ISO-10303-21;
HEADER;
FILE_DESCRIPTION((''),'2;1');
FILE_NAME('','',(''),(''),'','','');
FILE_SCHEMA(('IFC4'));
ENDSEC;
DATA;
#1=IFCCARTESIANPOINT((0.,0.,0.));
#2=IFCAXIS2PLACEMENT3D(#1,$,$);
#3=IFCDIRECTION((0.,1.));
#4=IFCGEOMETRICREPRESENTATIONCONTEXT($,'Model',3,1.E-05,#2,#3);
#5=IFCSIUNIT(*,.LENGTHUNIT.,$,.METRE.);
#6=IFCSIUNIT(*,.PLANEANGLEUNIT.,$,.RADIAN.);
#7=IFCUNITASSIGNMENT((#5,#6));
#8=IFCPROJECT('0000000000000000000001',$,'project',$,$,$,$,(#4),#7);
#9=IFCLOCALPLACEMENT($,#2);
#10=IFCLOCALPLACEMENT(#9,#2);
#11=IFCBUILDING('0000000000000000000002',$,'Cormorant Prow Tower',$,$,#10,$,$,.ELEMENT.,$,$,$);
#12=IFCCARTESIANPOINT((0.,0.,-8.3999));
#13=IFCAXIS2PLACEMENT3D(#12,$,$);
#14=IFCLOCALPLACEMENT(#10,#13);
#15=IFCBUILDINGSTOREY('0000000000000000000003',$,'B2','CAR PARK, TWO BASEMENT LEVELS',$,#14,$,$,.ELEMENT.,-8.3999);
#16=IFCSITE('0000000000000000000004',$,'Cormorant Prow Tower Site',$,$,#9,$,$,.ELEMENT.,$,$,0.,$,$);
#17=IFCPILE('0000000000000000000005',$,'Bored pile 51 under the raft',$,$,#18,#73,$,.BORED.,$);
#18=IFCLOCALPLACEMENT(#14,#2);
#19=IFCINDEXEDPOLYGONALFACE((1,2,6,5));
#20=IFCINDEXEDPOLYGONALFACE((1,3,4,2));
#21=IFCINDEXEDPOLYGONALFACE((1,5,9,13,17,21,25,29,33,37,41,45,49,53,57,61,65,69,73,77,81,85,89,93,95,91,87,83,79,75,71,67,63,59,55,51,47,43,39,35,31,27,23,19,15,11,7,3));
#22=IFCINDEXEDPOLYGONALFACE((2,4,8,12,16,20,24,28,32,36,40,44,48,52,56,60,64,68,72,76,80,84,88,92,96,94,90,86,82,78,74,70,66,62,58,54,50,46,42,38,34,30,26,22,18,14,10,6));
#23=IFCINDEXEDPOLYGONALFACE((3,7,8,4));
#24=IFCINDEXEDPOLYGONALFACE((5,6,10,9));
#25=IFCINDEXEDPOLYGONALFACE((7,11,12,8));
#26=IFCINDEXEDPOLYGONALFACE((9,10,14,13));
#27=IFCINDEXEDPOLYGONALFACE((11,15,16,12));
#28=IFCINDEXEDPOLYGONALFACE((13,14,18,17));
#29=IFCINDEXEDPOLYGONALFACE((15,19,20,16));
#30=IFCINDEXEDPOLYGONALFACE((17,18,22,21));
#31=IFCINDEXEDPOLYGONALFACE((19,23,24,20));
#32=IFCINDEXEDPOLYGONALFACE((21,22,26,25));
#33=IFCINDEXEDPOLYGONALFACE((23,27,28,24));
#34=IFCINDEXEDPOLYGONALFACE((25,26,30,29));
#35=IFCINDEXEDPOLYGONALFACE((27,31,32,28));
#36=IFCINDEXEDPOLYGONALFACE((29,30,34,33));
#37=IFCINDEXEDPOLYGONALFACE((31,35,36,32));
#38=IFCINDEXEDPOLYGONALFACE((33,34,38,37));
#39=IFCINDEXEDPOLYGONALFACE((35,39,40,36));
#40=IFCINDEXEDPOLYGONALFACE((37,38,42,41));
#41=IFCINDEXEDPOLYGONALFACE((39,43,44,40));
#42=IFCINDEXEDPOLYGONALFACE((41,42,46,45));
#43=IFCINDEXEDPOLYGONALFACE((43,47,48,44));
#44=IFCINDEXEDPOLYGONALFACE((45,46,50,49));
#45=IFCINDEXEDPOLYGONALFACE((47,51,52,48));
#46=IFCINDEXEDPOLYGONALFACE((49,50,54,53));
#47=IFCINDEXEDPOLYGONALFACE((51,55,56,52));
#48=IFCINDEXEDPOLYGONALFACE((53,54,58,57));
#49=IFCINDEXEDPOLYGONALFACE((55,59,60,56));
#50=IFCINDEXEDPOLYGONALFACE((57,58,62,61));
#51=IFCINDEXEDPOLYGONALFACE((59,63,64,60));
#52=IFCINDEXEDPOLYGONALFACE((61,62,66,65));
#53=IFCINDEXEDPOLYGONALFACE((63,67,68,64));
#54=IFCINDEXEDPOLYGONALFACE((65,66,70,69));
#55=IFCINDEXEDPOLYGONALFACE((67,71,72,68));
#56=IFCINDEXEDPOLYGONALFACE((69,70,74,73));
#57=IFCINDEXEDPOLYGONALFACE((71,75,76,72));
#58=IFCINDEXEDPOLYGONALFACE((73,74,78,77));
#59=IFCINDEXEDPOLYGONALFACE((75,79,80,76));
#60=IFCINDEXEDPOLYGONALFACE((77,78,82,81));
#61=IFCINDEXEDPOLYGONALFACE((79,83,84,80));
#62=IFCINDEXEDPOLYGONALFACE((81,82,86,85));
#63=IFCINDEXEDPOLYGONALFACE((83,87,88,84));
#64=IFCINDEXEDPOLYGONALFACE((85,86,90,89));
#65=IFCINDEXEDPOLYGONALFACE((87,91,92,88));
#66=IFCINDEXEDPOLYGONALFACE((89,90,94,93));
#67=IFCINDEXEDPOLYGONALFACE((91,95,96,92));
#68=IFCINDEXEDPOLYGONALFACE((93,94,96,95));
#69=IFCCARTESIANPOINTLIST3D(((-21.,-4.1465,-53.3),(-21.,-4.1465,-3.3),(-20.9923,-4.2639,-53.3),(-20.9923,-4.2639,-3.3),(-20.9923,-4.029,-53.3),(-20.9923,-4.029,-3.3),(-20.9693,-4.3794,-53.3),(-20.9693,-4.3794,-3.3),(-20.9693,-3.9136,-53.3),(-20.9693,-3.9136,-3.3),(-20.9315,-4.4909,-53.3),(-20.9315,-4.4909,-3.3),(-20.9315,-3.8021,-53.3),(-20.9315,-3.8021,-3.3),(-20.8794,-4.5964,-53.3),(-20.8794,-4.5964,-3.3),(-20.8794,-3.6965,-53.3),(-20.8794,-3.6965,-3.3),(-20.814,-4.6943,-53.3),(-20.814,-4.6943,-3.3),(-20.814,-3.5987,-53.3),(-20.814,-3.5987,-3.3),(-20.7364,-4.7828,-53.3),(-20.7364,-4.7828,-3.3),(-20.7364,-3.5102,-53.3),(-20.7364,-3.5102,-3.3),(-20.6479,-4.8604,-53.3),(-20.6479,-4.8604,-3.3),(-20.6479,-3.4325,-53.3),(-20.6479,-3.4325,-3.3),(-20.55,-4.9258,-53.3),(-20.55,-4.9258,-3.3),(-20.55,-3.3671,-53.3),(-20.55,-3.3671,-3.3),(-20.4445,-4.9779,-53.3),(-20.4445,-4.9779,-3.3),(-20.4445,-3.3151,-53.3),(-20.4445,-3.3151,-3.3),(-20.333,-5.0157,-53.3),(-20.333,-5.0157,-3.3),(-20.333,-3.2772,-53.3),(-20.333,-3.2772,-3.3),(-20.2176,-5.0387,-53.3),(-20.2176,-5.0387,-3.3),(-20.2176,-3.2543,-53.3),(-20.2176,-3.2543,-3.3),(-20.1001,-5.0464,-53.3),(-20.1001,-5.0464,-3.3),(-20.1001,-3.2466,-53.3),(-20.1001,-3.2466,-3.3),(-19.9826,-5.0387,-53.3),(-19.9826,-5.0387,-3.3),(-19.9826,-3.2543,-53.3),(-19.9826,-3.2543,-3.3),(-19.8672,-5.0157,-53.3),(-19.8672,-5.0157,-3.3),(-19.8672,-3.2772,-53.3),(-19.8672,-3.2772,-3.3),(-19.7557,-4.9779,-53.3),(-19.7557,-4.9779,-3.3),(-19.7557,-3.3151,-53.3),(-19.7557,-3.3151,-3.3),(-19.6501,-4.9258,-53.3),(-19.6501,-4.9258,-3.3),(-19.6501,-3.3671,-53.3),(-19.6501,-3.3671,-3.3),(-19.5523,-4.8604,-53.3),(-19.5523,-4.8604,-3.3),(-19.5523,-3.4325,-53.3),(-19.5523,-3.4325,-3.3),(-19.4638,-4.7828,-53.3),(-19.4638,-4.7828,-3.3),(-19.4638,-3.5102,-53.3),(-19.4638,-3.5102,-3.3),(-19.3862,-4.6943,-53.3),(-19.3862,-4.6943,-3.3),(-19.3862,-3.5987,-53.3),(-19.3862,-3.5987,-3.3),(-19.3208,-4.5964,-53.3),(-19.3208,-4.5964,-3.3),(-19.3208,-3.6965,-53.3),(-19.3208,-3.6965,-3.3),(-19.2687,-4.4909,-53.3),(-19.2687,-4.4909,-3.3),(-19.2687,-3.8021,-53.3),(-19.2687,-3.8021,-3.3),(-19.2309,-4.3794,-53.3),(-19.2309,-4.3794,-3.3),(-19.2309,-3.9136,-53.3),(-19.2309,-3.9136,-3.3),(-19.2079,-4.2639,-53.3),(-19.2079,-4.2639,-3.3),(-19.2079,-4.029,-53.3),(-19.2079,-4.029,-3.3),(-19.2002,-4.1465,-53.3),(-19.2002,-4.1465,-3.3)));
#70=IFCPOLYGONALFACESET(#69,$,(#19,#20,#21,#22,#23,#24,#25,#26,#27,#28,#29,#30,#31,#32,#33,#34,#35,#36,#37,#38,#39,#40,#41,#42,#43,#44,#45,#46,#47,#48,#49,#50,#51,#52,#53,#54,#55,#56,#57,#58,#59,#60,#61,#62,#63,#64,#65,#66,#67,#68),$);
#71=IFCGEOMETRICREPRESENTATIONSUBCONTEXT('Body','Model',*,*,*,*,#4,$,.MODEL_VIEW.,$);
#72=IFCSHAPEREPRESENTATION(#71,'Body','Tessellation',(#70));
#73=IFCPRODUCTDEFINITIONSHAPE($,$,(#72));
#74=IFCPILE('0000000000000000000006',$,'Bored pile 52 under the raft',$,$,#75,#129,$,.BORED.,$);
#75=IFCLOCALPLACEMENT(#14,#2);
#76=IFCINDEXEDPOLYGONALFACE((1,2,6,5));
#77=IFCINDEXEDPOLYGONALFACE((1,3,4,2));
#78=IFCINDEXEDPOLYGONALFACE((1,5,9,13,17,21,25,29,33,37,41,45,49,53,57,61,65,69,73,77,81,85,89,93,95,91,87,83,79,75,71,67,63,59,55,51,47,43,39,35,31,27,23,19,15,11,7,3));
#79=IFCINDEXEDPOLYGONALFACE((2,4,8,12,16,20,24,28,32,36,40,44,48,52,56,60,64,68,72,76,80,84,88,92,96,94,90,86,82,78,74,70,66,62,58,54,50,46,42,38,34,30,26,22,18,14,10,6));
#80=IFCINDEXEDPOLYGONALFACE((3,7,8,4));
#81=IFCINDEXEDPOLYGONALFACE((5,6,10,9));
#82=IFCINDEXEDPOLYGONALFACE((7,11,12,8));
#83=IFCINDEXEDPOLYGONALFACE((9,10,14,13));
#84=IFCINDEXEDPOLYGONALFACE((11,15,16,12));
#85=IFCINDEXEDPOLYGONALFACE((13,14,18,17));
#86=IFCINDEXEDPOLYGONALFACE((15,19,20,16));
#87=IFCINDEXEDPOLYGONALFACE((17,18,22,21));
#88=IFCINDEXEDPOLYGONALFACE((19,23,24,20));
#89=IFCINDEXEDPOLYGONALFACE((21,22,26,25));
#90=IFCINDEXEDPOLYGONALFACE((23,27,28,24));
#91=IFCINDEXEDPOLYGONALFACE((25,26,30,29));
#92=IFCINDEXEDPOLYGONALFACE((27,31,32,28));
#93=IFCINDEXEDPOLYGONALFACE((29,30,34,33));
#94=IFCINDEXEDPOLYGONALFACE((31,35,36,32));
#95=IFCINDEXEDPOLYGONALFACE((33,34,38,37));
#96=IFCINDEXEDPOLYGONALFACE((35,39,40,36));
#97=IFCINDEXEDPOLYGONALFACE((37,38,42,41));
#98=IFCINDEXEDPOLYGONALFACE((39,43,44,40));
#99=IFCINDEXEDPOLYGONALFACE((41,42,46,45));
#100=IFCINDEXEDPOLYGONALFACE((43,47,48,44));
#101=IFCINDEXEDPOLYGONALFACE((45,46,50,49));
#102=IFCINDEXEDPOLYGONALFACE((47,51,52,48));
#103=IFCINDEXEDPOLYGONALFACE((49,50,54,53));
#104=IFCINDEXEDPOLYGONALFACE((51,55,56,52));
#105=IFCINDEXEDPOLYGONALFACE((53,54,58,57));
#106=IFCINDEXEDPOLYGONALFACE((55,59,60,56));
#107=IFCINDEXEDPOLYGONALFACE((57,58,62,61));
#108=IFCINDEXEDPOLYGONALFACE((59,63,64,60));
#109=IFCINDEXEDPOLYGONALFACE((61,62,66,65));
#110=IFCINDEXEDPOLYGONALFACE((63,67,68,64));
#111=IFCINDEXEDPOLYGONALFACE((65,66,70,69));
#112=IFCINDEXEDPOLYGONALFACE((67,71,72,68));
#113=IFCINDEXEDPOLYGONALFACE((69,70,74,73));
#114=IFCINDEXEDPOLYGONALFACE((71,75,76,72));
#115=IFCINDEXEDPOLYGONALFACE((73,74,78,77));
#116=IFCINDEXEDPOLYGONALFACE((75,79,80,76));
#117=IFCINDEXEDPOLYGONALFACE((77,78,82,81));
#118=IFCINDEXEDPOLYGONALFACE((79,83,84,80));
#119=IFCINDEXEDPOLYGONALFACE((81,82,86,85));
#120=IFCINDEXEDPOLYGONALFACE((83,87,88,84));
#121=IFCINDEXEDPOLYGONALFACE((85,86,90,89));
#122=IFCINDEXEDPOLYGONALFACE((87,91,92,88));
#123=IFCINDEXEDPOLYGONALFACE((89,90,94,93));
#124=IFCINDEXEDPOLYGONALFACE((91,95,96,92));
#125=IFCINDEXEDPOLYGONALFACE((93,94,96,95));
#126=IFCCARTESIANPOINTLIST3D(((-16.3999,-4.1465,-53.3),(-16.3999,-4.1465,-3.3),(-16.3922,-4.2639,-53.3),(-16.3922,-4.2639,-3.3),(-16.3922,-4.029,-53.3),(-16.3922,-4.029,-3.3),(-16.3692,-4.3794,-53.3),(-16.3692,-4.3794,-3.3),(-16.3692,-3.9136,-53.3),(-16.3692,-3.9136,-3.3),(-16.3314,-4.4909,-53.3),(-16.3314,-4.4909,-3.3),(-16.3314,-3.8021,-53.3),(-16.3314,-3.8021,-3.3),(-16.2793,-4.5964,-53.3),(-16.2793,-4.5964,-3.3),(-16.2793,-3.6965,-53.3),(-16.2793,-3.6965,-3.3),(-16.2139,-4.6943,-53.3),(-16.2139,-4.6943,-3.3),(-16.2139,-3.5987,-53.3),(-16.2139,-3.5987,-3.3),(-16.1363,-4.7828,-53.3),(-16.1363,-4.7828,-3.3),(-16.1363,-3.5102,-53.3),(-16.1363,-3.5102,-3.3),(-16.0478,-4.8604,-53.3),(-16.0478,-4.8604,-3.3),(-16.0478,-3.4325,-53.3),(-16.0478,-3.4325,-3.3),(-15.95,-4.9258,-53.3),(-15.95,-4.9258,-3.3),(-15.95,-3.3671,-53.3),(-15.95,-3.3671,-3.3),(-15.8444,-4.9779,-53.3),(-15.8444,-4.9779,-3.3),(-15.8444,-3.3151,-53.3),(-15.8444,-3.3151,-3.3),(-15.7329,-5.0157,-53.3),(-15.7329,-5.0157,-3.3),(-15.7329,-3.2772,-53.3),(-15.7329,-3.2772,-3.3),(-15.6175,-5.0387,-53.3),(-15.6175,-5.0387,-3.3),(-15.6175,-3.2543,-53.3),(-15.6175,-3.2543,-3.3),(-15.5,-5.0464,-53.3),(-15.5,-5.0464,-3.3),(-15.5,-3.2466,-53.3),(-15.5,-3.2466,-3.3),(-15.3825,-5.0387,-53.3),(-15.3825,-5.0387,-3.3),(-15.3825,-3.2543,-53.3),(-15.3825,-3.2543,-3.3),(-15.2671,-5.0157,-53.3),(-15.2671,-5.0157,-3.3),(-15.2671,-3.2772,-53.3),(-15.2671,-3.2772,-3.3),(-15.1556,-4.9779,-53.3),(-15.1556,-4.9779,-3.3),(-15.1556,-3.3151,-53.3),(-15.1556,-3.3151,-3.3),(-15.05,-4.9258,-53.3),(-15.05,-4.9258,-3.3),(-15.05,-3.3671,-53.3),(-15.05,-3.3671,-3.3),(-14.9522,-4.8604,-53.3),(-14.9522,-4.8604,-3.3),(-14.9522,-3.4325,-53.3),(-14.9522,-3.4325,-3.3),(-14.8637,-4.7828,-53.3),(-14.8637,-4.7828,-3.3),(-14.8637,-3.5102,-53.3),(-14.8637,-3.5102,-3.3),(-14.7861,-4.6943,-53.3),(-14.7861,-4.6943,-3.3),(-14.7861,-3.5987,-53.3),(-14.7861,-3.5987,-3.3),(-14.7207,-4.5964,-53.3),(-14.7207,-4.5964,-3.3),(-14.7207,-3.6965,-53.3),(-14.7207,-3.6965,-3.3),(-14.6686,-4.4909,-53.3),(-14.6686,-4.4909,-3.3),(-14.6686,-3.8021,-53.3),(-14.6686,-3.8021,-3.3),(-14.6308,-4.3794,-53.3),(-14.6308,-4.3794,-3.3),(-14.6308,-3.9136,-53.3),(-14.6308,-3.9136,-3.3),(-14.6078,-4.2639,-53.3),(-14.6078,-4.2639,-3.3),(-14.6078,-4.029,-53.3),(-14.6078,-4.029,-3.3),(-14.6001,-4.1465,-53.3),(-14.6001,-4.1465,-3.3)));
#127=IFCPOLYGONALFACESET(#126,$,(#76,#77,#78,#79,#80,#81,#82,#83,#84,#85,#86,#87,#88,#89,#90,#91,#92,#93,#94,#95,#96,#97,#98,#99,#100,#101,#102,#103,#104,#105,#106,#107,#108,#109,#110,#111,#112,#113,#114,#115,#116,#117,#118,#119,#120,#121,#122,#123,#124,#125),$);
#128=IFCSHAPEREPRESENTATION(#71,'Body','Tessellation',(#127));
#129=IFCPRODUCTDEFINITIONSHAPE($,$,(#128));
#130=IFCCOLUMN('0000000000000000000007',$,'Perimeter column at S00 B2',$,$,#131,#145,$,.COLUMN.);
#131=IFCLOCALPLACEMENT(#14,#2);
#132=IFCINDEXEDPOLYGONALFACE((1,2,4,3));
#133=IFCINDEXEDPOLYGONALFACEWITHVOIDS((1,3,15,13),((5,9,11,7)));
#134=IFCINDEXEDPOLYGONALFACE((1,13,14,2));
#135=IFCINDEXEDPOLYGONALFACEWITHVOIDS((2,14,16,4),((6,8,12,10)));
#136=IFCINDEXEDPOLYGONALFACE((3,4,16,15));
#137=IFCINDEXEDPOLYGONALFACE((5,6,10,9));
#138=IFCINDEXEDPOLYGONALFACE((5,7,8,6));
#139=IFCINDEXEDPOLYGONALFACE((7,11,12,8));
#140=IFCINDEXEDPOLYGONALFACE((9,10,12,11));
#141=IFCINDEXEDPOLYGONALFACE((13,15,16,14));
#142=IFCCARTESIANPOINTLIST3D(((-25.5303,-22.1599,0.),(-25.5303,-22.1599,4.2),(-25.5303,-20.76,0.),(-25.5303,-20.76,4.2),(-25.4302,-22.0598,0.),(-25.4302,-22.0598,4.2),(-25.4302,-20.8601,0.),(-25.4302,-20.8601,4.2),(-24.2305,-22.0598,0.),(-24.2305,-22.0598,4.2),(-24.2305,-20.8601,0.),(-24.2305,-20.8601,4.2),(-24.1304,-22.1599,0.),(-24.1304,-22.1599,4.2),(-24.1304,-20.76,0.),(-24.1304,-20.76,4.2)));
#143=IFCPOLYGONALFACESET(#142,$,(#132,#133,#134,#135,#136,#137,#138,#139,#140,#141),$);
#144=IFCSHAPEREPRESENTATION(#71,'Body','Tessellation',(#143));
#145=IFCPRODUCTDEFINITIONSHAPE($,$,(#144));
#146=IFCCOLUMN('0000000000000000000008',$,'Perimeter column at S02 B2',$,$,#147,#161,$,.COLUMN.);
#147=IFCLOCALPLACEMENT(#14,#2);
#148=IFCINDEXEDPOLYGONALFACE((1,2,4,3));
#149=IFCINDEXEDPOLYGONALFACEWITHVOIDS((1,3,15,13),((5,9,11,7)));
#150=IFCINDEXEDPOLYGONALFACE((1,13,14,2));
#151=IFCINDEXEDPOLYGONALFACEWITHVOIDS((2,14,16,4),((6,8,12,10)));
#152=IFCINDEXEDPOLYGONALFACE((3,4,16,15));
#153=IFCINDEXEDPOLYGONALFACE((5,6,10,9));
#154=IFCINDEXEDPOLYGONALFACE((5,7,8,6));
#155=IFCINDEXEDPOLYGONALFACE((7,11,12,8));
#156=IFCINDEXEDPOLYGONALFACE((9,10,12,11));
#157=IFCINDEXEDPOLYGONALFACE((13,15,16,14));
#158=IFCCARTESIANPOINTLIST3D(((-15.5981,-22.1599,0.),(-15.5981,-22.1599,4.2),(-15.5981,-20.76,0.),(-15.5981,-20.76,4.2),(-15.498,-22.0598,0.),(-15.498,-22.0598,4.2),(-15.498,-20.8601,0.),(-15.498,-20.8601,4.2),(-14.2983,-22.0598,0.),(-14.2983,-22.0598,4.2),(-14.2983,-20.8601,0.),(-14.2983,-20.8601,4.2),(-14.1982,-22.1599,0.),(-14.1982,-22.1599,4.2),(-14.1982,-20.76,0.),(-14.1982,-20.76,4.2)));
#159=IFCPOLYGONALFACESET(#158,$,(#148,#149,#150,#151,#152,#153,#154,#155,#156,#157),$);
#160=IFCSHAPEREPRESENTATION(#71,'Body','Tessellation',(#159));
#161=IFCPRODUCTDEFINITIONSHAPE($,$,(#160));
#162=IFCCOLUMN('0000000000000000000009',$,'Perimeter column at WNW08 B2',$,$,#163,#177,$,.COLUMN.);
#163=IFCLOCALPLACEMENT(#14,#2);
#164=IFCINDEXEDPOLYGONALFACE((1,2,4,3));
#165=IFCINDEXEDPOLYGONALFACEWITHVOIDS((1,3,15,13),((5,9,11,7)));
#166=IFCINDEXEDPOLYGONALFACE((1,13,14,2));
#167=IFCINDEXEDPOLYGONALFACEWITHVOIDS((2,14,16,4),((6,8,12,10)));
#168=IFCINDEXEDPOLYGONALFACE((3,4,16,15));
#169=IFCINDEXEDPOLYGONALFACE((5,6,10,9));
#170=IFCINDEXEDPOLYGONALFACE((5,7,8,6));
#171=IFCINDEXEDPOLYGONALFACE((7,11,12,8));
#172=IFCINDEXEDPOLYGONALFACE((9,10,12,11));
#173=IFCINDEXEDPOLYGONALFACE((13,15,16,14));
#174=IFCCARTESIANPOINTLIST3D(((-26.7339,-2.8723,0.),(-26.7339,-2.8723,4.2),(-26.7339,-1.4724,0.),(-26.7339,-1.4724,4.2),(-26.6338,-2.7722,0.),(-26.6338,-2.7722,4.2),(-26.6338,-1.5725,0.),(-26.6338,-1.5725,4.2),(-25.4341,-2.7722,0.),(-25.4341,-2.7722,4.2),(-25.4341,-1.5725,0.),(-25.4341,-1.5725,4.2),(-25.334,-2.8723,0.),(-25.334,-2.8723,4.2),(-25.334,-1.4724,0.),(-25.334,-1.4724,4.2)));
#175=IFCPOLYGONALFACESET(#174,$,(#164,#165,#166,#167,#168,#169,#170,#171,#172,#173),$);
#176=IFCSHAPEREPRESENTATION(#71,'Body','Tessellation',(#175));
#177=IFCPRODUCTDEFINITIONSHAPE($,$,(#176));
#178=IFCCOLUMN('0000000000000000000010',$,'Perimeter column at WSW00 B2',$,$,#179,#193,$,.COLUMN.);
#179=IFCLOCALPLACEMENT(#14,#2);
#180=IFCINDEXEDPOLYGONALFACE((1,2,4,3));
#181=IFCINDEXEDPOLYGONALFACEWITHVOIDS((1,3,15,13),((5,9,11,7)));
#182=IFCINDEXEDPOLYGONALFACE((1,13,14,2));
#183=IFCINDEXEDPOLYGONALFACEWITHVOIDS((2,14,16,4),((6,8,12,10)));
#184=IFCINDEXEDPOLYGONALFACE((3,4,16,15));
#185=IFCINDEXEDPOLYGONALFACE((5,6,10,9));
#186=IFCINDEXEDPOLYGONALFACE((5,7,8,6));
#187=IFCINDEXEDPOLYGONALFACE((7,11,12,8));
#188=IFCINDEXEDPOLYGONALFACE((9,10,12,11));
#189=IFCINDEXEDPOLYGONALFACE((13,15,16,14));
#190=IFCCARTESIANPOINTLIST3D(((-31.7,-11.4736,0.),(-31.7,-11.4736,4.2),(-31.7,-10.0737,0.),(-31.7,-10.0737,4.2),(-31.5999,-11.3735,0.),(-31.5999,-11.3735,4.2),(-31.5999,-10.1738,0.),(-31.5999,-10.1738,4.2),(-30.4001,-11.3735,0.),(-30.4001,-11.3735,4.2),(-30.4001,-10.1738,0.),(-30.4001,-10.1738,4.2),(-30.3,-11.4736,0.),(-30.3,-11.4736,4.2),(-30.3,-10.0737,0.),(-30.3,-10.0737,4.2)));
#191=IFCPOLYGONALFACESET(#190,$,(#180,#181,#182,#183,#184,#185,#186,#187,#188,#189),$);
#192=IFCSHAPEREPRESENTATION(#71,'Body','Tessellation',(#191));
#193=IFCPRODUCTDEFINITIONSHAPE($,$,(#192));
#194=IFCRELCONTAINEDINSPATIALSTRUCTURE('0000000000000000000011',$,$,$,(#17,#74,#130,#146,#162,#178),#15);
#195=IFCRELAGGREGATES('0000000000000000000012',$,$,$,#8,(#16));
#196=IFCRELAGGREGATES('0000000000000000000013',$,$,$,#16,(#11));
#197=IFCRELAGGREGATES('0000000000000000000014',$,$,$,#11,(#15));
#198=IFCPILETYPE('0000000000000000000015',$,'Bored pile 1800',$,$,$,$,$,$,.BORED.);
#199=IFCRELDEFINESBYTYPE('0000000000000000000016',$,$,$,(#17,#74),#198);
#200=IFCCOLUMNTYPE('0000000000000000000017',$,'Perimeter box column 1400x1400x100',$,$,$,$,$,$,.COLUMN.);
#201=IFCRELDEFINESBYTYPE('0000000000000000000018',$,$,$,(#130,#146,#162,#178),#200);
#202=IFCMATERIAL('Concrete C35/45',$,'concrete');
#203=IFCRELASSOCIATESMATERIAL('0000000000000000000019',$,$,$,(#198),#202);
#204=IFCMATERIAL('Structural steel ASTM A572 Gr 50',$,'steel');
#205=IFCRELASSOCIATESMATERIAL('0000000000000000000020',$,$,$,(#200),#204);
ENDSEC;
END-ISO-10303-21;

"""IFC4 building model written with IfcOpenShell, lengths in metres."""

from ifc_helpers import new_model, si_unit, direction, frame, origin, origin_2d, place, context, subcontext, project, spatial, hollow_rectangle, circle, extrude, material, material_profile, profile_set, type_object, element, save


model = new_model("IFC4")

# Units and contexts
model_context = context("Model", 3, precision=1e-05, world=origin(), true_north=direction((0.0, 1.0)))
body_context = subcontext(model_context, "Body", "Model", "MODEL_VIEW")
ifc_project = project(units=[si_unit("LENGTHUNIT", "METRE"), si_unit("PLANEANGLEUNIT", "RADIAN")], contexts=[model_context])

# Site, building, storey
site_placement = place(None, origin())
site = spatial("IfcSite", under=ifc_project, at=site_placement, Name="Cormorant Prow Tower Site", CompositionType="ELEMENT", RefElevation=0.0)
building_placement = place(site_placement, origin())
building = spatial("IfcBuilding", under=site, at=building_placement, Name="Cormorant Prow Tower", CompositionType="ELEMENT")
storey_placement = place(building_placement, frame((0.0, 0.0, -8.3999)))
storey = spatial("IfcBuildingStorey", under=building, at=storey_placement, Name="B2", Description="CAR PARK, TWO BASEMENT LEVELS", CompositionType="ELEMENT", Elevation=-8.3999)

# Piles
ifc_material_1 = material(Name="Concrete C35/45", Category="concrete")
ifc_material_profile_1 = material_profile(ifc_material_1, circle(Radius=0.8999, at=origin_2d()), Name="Round 1800")
ifc_profile_set_1 = profile_set([ifc_material_profile_1], Name="Concrete C35/45")
pile_type_1 = type_object("IfcPileType", Name="Bored pile 1800", PredefinedType="BORED", material=ifc_profile_set_1)
for number, where, z_axis, x_axis, name in (
    (1, (-20.1001, -4.1465, -3.3), (0.0, 0.0, -1.0), (1.0, 0.0, 0.0), "Bored pile 51 under the raft"),
    (2, (-15.5, -4.1465, -3.3), (0.0, 0.0, -1.0), (1.0, 0.0, 0.0), "Bored pile 52 under the raft"),
):
    element("IfcPile", number, at=place(storey_placement, frame(where, z_axis=z_axis, x_axis=x_axis)), inside=storey, type_object=pile_type_1, Name=name, PredefinedType="BORED", context=body_context, shape_type="SweptSolid", body=[
        extrude(circle(Radius=0.8999, at=origin_2d()), origin(), (0.0, 0.0, 1.0), 50.0),
    ])

# Columns
ifc_material_2 = material(Name="Structural steel ASTM A572 Gr 50", Category="steel")
ifc_material_profile_2 = material_profile(ifc_material_2, hollow_rectangle(XDim=1.3999, YDim=1.3999, WallThickness=0.1001, at=origin_2d()), Name="Box 1400x1400x100")
ifc_profile_set_2 = profile_set([ifc_material_profile_2], Name="Structural steel ASTM A572 Gr 50")
column_type_1 = type_object("IfcColumnType", Name="Perimeter box column 1400x1400x100", PredefinedType="COLUMN", material=ifc_profile_set_2)
for number, where, z_axis, x_axis, name in (
    (3, (-24.8303, -21.46, 0.0), (0.0, 0.0, 1.0), (1.0, 0.0, 0.0), "Perimeter column at S00 B2"),
    (4, (-14.8982, -21.46, 0.0), (0.0, 0.0, 1.0), (1.0, 0.0, 0.0), "Perimeter column at S02 B2"),
    (5, (-26.0339, -2.1724, 0.0), (0.0, 0.0, 1.0), (1.0, 0.0, 0.0), "Perimeter column at WNW08 B2"),
    (6, (-31.0, -10.7737, 0.0), (0.0, 0.0, 1.0), (1.0, 0.0, 0.0), "Perimeter column at WSW00 B2"),
):
    element("IfcColumn", number, at=place(storey_placement, frame(where, z_axis=z_axis, x_axis=x_axis)), inside=storey, type_object=column_type_1, Name=name, PredefinedType="COLUMN", context=body_context, shape_type="SweptSolid", body=[
        extrude(hollow_rectangle(XDim=1.3999, YDim=1.3999, WallThickness=0.1001, at=origin_2d()), origin(), (0.0, 0.0, 1.0), 4.2),
    ])

save(model, "model.ifc")
